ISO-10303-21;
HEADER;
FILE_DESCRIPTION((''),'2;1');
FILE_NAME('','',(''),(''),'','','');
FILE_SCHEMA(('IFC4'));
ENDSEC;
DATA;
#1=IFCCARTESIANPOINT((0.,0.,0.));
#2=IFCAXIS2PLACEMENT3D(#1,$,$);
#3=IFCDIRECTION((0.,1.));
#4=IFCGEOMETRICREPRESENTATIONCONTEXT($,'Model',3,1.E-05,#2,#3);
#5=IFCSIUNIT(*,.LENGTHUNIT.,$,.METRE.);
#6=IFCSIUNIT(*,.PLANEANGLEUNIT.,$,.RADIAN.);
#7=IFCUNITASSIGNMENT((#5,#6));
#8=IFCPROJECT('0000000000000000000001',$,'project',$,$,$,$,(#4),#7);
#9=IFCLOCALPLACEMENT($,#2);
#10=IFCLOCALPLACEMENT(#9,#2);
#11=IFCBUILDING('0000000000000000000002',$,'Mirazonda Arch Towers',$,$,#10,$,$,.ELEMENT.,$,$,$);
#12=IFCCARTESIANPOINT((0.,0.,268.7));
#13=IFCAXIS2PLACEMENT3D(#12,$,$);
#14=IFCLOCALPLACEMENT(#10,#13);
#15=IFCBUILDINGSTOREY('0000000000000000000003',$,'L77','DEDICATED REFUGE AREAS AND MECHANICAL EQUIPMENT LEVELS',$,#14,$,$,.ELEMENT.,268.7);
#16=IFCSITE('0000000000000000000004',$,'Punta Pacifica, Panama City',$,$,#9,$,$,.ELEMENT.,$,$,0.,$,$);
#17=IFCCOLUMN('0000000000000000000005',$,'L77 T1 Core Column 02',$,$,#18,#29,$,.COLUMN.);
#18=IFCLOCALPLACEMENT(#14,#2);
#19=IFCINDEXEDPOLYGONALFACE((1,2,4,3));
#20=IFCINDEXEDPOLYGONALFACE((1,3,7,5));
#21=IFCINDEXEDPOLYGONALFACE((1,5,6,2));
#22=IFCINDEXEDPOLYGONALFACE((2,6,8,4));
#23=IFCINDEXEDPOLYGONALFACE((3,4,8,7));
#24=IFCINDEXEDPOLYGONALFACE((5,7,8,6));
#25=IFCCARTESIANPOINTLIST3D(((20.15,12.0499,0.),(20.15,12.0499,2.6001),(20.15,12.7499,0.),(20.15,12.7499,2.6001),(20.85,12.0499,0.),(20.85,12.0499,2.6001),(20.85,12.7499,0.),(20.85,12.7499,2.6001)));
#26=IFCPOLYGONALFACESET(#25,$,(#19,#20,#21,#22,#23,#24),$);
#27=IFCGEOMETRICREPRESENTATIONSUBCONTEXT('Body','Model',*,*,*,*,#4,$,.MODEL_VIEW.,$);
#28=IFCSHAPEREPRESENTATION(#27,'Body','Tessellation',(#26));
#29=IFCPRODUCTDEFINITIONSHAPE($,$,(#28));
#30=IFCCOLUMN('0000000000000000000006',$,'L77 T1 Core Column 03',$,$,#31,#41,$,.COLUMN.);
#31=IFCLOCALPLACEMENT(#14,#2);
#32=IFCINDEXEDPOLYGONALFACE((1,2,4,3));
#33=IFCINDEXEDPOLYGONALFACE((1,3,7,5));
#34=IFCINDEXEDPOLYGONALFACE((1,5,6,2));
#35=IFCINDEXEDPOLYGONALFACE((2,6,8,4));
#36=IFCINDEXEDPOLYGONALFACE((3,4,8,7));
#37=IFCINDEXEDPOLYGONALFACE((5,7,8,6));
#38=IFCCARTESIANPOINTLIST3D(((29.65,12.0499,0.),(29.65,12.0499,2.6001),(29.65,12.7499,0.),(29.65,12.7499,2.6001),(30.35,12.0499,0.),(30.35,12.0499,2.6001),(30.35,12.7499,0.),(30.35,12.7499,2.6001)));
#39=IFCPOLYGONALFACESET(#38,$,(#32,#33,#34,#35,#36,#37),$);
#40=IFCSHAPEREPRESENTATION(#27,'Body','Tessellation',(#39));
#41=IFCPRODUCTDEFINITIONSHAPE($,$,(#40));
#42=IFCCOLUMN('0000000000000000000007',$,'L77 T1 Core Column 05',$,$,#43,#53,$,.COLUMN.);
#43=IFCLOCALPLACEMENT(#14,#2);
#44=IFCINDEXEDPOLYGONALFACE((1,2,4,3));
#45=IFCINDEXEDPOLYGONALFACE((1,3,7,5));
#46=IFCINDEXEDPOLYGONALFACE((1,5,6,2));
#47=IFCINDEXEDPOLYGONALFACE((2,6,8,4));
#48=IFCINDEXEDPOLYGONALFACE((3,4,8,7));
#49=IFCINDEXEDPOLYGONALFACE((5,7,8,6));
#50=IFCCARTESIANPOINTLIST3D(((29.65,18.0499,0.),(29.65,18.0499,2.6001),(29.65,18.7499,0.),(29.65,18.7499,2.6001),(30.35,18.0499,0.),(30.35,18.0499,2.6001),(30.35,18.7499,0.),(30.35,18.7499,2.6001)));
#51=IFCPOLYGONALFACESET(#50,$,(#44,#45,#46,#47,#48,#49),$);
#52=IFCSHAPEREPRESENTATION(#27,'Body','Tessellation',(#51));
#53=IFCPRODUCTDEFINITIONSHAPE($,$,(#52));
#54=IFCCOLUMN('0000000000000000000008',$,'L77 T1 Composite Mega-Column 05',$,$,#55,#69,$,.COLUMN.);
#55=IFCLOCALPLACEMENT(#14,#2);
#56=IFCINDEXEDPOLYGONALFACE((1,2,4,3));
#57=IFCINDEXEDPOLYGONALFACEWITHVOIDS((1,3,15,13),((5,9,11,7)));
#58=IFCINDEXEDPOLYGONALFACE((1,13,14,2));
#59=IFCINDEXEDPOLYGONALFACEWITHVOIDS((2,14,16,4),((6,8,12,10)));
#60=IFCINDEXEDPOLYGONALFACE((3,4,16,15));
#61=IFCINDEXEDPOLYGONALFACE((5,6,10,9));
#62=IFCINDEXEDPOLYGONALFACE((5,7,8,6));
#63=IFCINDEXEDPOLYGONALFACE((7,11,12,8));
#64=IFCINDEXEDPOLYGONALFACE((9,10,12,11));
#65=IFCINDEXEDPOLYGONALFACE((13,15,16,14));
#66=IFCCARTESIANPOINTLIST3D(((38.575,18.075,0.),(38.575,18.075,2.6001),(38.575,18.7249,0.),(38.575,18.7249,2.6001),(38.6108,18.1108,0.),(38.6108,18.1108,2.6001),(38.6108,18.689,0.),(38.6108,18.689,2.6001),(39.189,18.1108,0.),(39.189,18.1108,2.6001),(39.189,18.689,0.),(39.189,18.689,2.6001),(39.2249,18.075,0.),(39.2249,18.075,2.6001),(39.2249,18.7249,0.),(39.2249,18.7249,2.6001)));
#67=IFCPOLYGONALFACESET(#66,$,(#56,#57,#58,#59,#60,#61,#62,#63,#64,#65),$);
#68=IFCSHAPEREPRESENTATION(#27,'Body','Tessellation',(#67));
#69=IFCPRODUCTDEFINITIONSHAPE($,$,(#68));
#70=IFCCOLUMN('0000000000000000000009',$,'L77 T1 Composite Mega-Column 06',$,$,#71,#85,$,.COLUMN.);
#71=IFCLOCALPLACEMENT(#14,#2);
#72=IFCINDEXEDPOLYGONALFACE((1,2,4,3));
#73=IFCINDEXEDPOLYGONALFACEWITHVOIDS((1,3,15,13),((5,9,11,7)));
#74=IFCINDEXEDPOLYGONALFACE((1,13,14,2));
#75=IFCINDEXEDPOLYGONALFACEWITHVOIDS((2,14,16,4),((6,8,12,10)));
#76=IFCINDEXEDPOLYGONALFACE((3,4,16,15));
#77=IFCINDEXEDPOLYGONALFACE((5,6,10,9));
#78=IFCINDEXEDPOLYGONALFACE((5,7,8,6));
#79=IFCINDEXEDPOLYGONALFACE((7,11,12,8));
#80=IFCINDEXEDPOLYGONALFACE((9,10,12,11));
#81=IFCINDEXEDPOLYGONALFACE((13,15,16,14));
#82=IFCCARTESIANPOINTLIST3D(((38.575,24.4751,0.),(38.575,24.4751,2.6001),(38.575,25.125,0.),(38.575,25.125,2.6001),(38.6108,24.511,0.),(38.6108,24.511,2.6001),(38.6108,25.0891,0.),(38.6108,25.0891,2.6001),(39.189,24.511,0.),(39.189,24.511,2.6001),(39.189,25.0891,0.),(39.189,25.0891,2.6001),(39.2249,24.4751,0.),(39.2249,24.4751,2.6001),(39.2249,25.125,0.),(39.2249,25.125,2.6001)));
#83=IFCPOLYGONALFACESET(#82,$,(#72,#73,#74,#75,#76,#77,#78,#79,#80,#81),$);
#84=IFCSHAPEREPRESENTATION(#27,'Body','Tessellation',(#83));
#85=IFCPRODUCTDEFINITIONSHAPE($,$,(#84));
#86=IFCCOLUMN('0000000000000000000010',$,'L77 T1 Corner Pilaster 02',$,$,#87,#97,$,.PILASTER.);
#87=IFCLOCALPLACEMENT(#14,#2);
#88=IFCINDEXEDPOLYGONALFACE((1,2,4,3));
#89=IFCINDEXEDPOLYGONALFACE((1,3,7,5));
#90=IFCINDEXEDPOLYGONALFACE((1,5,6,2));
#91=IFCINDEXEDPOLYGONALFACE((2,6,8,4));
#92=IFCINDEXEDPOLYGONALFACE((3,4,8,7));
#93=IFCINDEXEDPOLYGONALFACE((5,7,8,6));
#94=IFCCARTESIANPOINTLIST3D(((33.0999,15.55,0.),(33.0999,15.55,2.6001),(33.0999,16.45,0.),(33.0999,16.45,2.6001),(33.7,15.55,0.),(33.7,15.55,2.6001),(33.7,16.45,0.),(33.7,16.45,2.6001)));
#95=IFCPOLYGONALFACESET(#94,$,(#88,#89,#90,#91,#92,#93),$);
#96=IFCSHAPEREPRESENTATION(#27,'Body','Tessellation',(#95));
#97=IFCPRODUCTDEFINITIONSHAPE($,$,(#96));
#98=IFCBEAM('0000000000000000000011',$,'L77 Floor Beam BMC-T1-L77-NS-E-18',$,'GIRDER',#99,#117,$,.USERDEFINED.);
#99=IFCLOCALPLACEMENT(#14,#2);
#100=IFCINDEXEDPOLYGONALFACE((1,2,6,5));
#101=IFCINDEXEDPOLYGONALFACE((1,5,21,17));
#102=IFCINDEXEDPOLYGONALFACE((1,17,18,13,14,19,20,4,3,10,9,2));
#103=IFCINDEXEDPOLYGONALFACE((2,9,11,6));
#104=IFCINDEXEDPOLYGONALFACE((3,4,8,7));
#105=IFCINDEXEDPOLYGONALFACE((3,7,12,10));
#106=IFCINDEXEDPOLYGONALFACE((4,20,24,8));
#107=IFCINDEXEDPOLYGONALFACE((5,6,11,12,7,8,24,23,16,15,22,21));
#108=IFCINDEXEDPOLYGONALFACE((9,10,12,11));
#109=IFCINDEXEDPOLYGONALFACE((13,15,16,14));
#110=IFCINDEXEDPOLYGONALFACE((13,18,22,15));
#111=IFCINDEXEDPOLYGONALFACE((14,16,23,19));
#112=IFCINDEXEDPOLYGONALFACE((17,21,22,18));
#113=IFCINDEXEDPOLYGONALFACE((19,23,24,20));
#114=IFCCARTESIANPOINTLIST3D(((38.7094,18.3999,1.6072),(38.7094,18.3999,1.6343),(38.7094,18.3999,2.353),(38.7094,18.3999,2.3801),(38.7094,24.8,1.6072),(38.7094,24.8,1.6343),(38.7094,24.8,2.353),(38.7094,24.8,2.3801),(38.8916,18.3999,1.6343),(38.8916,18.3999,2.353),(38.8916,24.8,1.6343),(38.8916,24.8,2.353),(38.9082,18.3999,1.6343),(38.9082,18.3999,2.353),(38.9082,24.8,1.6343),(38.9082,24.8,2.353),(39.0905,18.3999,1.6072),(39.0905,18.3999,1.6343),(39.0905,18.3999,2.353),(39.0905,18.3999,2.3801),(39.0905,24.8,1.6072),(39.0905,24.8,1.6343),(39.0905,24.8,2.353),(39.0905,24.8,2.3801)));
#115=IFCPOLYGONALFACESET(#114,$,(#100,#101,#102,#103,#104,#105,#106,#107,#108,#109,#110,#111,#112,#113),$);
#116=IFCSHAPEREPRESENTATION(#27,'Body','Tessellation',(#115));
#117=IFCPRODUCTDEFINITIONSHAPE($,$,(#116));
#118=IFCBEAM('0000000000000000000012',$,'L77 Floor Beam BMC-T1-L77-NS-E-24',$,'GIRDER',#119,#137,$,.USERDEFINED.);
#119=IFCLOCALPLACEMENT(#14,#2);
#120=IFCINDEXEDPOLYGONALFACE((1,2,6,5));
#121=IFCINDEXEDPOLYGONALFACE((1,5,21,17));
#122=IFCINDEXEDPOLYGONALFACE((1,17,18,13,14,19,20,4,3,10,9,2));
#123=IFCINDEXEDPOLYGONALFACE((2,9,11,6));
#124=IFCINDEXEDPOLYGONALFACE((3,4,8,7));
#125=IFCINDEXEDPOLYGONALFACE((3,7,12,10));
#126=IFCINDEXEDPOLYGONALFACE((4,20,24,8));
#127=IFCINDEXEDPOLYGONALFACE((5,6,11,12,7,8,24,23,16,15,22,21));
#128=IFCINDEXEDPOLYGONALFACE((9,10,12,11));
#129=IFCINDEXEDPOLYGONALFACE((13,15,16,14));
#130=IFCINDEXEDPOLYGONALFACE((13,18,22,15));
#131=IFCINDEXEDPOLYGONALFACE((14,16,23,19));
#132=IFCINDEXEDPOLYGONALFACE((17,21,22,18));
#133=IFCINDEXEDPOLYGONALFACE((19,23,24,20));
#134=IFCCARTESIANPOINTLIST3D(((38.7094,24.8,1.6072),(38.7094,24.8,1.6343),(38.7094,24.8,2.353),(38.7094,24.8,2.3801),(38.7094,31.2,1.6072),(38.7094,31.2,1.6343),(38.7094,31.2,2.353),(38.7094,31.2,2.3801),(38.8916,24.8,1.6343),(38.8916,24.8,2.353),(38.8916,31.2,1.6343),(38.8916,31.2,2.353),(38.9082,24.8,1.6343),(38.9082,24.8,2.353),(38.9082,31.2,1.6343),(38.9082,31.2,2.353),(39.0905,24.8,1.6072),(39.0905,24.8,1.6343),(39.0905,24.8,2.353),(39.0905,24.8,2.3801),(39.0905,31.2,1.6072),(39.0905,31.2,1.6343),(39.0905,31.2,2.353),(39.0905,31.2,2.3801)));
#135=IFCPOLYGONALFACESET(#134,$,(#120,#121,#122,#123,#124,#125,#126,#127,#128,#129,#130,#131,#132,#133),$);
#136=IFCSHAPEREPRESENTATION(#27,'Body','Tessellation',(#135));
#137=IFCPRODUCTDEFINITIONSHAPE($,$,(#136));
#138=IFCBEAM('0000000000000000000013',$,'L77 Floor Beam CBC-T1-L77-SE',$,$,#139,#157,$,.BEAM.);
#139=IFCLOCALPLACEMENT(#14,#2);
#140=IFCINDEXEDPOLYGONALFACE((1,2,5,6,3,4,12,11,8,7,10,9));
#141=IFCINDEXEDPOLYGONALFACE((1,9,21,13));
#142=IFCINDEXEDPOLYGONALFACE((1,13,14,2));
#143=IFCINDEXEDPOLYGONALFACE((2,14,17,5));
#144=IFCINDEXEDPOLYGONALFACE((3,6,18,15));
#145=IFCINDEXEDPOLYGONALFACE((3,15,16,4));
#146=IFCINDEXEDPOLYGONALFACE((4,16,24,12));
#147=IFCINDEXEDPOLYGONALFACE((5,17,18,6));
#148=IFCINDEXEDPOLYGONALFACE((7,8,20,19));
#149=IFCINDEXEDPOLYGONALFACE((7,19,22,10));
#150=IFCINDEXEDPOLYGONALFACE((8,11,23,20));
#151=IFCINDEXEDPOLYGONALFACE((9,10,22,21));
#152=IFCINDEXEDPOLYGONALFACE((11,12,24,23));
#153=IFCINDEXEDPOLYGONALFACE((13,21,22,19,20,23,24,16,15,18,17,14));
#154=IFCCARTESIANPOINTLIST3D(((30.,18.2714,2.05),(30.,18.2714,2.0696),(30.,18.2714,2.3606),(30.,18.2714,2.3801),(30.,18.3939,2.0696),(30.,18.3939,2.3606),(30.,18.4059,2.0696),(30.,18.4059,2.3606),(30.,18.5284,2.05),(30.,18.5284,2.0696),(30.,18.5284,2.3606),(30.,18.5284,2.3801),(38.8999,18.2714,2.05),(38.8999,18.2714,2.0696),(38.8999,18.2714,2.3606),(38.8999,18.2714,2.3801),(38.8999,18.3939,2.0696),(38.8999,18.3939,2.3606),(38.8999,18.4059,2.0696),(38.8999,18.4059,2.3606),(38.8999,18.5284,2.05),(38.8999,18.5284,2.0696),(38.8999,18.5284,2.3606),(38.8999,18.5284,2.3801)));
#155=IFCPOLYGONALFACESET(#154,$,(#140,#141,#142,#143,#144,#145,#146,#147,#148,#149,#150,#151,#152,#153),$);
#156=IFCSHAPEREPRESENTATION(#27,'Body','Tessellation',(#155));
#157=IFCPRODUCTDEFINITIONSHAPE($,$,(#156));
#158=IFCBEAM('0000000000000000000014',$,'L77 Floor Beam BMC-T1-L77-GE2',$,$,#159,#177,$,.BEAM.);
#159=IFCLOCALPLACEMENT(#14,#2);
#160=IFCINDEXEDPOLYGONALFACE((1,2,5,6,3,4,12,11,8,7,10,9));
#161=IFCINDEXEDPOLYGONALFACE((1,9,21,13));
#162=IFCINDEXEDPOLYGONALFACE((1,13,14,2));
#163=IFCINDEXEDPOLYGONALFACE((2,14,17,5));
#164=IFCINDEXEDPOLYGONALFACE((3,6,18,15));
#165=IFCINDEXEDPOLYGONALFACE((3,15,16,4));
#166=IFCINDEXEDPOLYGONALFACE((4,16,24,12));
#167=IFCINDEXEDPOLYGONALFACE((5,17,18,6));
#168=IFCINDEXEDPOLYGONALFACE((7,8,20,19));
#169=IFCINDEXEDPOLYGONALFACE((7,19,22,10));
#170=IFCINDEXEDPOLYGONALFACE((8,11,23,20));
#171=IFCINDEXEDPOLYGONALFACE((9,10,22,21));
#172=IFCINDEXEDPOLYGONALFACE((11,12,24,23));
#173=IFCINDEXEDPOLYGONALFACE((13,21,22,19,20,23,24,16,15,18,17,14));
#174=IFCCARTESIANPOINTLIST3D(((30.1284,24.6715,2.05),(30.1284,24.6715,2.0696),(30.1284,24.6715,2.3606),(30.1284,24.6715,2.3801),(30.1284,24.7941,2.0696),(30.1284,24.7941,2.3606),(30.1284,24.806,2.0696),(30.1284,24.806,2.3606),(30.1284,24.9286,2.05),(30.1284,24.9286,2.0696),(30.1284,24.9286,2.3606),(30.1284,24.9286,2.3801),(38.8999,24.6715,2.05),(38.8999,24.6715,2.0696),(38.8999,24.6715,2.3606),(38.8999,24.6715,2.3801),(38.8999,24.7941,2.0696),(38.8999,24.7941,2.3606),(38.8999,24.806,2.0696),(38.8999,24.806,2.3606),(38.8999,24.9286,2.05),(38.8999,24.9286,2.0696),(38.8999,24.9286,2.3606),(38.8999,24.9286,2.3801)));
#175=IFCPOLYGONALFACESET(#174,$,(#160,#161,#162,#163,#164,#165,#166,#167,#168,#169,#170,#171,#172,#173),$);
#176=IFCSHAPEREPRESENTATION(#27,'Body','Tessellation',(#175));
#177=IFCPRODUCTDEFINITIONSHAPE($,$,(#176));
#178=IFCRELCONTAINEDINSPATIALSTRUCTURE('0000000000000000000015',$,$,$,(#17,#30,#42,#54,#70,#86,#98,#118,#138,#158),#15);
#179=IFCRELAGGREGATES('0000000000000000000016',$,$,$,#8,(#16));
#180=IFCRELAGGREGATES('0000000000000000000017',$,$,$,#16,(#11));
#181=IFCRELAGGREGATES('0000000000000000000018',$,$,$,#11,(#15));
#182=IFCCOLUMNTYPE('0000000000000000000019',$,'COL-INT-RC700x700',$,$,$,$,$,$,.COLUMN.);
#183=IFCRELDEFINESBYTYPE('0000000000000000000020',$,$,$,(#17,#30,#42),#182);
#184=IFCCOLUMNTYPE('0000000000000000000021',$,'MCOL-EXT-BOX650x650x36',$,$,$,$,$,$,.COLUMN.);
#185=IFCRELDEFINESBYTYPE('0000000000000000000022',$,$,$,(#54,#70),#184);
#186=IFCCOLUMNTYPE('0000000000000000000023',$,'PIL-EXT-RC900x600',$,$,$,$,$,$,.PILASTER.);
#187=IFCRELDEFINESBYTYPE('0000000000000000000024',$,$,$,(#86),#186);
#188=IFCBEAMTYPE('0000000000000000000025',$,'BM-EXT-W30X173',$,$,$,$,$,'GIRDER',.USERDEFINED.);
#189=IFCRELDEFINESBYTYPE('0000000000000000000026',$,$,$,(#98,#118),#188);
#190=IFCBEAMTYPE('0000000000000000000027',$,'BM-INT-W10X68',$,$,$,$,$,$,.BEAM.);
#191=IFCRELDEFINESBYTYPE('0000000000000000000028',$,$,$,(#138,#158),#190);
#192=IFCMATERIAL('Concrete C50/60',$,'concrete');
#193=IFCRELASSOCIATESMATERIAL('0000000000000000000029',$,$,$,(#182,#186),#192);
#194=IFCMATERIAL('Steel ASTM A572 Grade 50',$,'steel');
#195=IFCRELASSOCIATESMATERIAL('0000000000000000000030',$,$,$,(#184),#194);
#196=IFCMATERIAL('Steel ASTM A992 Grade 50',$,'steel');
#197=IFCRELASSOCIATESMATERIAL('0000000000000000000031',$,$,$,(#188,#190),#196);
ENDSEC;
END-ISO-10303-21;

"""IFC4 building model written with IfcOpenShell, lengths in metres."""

from ifc_helpers import new_model, si_unit, direction, frame, origin, origin_2d, place, context, subcontext, project, spatial, rectangle, hollow_rectangle, i_section, extrude, material, material_profile, profile_set, type_object, element, save


model = new_model("IFC4")

# Units and contexts
model_context = context("Model", 3, precision=1e-05, world=origin(), true_north=direction((0.0, 1.0)))
body_context = subcontext(model_context, "Body", "Model", "MODEL_VIEW")
ifc_project = project(units=[si_unit("LENGTHUNIT", "METRE"), si_unit("PLANEANGLEUNIT", "RADIAN")], contexts=[model_context])

# Site, building, storey
site_placement = place(None, origin())
site = spatial("IfcSite", under=ifc_project, at=site_placement, Name="Punta Pacifica, Panama City", CompositionType="ELEMENT", RefElevation=0.0)
building_placement = place(site_placement, origin())
building = spatial("IfcBuilding", under=site, at=building_placement, Name="Mirazonda Arch Towers", CompositionType="ELEMENT")
storey_placement = place(building_placement, frame((0.0, 0.0, 268.7)))
storey = spatial("IfcBuildingStorey", under=building, at=storey_placement, Name="L77", Description="DEDICATED REFUGE AREAS AND MECHANICAL EQUIPMENT LEVELS", CompositionType="ELEMENT", Elevation=268.7)

# Columns
ifc_material_1 = material(Name="Concrete C50/60", Category="concrete")
ifc_material_profile_1 = material_profile(ifc_material_1, rectangle(XDim=0.7, YDim=0.7, at=origin_2d()), Name="RC700x700")
ifc_profile_set_1 = profile_set([ifc_material_profile_1], Name="Concrete C50/60")
column_type_1 = type_object("IfcColumnType", Name="COL-INT-RC700x700", PredefinedType="COLUMN", material=ifc_profile_set_1)
for number, where, z_axis, x_axis, name in (
    (1, (20.5, 12.3999, 0.0), (0.0, 0.0, 1.0), (1.0, 0.0, 0.0), "L77 T1 Core Column 02"),
    (2, (30.0, 12.3999, 0.0), (0.0, 0.0, 1.0), (1.0, 0.0, 0.0), "L77 T1 Core Column 03"),
    (3, (30.0, 18.3999, 0.0), (0.0, 0.0, 1.0), (1.0, 0.0, 0.0), "L77 T1 Core Column 05"),
):
    element("IfcColumn", number, at=place(storey_placement, frame(where, z_axis=z_axis, x_axis=x_axis)), inside=storey, type_object=column_type_1, Name=name, PredefinedType="COLUMN", context=body_context, shape_type="SweptSolid", body=[
        extrude(rectangle(XDim=0.7, YDim=0.7, at=origin_2d()), origin(), (0.0, 0.0, 1.0), 2.6001),
    ])
ifc_material_2 = material(Name="Steel ASTM A572 Grade 50", Category="steel")
ifc_material_profile_2 = material_profile(ifc_material_2, hollow_rectangle(XDim=0.6499, YDim=0.6499, WallThickness=0.0359, at=origin_2d()), Name="BOX650x650x36")
ifc_profile_set_2 = profile_set([ifc_material_profile_2], Name="Steel ASTM A572 Grade 50")
column_type_2 = type_object("IfcColumnType", Name="MCOL-EXT-BOX650x650x36", PredefinedType="COLUMN", material=ifc_profile_set_2)
for number, where, z_axis, x_axis, name in (
    (4, (38.8999, 18.3999, 0.0), (0.0, 0.0, 1.0), (1.0, 0.0, 0.0), "L77 T1 Composite Mega-Column 05"),
    (5, (38.8999, 24.8, 0.0), (0.0, 0.0, 1.0), (1.0, 0.0, 0.0), "L77 T1 Composite Mega-Column 06"),
):
    element("IfcColumn", number, at=place(storey_placement, frame(where, z_axis=z_axis, x_axis=x_axis)), inside=storey, type_object=column_type_2, Name=name, PredefinedType="COLUMN", context=body_context, shape_type="SweptSolid", body=[
        extrude(hollow_rectangle(XDim=0.6499, YDim=0.6499, WallThickness=0.0359, at=origin_2d()), origin(), (0.0, 0.0, 1.0), 2.6001),
    ])
ifc_material_profile_3 = material_profile(ifc_material_1, rectangle(XDim=0.6001, YDim=0.8999, at=origin_2d()), Name="RC900x600")
ifc_profile_set_3 = profile_set([ifc_material_profile_3], Name="Concrete C50/60")
column_type_3 = type_object("IfcColumnType", Name="PIL-EXT-RC900x600", PredefinedType="PILASTER", material=ifc_profile_set_3)
column_placement = place(storey_placement, frame((33.3999, 16.0, 0.0), z_axis=(0.0, 0.0, 1.0), x_axis=(1.0, 0.0, 0.0)))
element("IfcColumn", 6, at=column_placement, inside=storey, type_object=column_type_3, Name="L77 T1 Corner Pilaster 02", PredefinedType="PILASTER", context=body_context, shape_type="SweptSolid", body=[
    extrude(rectangle(XDim=0.6001, YDim=0.8999, at=origin_2d()), origin(), (0.0, 0.0, 1.0), 2.6001),
])

# Beams
ifc_material_3 = material(Name="Steel ASTM A992 Grade 50", Category="steel")
ifc_material_profile_4 = material_profile(ifc_material_3, i_section(OverallWidth=0.3811, OverallDepth=0.7729, WebThickness=0.0166, FlangeThickness=0.0271, at=origin_2d()), Name="W30X173")
ifc_profile_set_4 = profile_set([ifc_material_profile_4], Name="Steel ASTM A992 Grade 50")
beam_type_1 = type_object("IfcBeamType", Name="BM-EXT-W30X173", ElementType="GIRDER", PredefinedType="USERDEFINED", material=ifc_profile_set_4)
beam_1_placement = place(storey_placement, frame((38.8999, 18.3999, 1.9937), z_axis=(0.0, 1.0, 0.0), x_axis=(-1.0, 0.0, 0.0)))
element("IfcBeam", 7, at=beam_1_placement, inside=storey, type_object=beam_type_1, Name="L77 Floor Beam BMC-T1-L77-NS-E-18", ObjectType="GIRDER", PredefinedType="USERDEFINED", context=body_context, shape_type="SweptSolid", body=[
    extrude(i_section(OverallWidth=0.3811, OverallDepth=0.7729, WebThickness=0.0166, FlangeThickness=0.0271, at=origin_2d()), origin(), (0.0, 0.0, 1.0), 6.4001),
])
beam_2_placement = place(storey_placement, frame((38.8999, 24.8, 1.9937), z_axis=(0.0, 1.0, 0.0), x_axis=(-1.0, 0.0, 0.0)))
element("IfcBeam", 8, at=beam_2_placement, inside=storey, type_object=beam_type_1, Name="L77 Floor Beam BMC-T1-L77-NS-E-24", ObjectType="GIRDER", PredefinedType="USERDEFINED", context=body_context, shape_type="SweptSolid", body=[
    extrude(i_section(OverallWidth=0.3811, OverallDepth=0.7729, WebThickness=0.0166, FlangeThickness=0.0271, at=origin_2d()), origin(), (0.0, 0.0, 1.0), 6.3999),
])
ifc_material_profile_5 = material_profile(ifc_material_3, i_section(OverallWidth=0.2571, OverallDepth=0.3301, WebThickness=0.012, FlangeThickness=0.0195, at=origin_2d()), Name="W10X68")
ifc_profile_set_5 = profile_set([ifc_material_profile_5], Name="Steel ASTM A992 Grade 50")
beam_type_2 = type_object("IfcBeamType", Name="BM-INT-W10X68", PredefinedType="BEAM", material=ifc_profile_set_5)
beam_3_placement = place(storey_placement, frame((30.0, 18.3999, 2.2151), z_axis=(1.0, 0.0, 0.0), x_axis=(0.0, 1.0, 0.0)))
element("IfcBeam", 9, at=beam_3_placement, inside=storey, type_object=beam_type_2, Name="L77 Floor Beam CBC-T1-L77-SE", PredefinedType="BEAM", context=body_context, shape_type="SweptSolid", body=[
    extrude(i_section(OverallWidth=0.2571, OverallDepth=0.3301, WebThickness=0.012, FlangeThickness=0.0195, at=origin_2d()), origin(), (0.0, 0.0, 1.0), 8.8999),
])
beam_4_placement = place(storey_placement, frame((30.1284, 24.8, 2.2151), z_axis=(1.0, 0.0, 0.0), x_axis=(0.0, 1.0, 0.0)))
element("IfcBeam", 10, at=beam_4_placement, inside=storey, type_object=beam_type_2, Name="L77 Floor Beam BMC-T1-L77-GE2", PredefinedType="BEAM", context=body_context, shape_type="SweptSolid", body=[
    extrude(i_section(OverallWidth=0.2571, OverallDepth=0.3301, WebThickness=0.012, FlangeThickness=0.0195, at=origin_2d()), origin(), (0.0, 0.0, 1.0), 8.7715),
])

save(model, "model.ifc")
